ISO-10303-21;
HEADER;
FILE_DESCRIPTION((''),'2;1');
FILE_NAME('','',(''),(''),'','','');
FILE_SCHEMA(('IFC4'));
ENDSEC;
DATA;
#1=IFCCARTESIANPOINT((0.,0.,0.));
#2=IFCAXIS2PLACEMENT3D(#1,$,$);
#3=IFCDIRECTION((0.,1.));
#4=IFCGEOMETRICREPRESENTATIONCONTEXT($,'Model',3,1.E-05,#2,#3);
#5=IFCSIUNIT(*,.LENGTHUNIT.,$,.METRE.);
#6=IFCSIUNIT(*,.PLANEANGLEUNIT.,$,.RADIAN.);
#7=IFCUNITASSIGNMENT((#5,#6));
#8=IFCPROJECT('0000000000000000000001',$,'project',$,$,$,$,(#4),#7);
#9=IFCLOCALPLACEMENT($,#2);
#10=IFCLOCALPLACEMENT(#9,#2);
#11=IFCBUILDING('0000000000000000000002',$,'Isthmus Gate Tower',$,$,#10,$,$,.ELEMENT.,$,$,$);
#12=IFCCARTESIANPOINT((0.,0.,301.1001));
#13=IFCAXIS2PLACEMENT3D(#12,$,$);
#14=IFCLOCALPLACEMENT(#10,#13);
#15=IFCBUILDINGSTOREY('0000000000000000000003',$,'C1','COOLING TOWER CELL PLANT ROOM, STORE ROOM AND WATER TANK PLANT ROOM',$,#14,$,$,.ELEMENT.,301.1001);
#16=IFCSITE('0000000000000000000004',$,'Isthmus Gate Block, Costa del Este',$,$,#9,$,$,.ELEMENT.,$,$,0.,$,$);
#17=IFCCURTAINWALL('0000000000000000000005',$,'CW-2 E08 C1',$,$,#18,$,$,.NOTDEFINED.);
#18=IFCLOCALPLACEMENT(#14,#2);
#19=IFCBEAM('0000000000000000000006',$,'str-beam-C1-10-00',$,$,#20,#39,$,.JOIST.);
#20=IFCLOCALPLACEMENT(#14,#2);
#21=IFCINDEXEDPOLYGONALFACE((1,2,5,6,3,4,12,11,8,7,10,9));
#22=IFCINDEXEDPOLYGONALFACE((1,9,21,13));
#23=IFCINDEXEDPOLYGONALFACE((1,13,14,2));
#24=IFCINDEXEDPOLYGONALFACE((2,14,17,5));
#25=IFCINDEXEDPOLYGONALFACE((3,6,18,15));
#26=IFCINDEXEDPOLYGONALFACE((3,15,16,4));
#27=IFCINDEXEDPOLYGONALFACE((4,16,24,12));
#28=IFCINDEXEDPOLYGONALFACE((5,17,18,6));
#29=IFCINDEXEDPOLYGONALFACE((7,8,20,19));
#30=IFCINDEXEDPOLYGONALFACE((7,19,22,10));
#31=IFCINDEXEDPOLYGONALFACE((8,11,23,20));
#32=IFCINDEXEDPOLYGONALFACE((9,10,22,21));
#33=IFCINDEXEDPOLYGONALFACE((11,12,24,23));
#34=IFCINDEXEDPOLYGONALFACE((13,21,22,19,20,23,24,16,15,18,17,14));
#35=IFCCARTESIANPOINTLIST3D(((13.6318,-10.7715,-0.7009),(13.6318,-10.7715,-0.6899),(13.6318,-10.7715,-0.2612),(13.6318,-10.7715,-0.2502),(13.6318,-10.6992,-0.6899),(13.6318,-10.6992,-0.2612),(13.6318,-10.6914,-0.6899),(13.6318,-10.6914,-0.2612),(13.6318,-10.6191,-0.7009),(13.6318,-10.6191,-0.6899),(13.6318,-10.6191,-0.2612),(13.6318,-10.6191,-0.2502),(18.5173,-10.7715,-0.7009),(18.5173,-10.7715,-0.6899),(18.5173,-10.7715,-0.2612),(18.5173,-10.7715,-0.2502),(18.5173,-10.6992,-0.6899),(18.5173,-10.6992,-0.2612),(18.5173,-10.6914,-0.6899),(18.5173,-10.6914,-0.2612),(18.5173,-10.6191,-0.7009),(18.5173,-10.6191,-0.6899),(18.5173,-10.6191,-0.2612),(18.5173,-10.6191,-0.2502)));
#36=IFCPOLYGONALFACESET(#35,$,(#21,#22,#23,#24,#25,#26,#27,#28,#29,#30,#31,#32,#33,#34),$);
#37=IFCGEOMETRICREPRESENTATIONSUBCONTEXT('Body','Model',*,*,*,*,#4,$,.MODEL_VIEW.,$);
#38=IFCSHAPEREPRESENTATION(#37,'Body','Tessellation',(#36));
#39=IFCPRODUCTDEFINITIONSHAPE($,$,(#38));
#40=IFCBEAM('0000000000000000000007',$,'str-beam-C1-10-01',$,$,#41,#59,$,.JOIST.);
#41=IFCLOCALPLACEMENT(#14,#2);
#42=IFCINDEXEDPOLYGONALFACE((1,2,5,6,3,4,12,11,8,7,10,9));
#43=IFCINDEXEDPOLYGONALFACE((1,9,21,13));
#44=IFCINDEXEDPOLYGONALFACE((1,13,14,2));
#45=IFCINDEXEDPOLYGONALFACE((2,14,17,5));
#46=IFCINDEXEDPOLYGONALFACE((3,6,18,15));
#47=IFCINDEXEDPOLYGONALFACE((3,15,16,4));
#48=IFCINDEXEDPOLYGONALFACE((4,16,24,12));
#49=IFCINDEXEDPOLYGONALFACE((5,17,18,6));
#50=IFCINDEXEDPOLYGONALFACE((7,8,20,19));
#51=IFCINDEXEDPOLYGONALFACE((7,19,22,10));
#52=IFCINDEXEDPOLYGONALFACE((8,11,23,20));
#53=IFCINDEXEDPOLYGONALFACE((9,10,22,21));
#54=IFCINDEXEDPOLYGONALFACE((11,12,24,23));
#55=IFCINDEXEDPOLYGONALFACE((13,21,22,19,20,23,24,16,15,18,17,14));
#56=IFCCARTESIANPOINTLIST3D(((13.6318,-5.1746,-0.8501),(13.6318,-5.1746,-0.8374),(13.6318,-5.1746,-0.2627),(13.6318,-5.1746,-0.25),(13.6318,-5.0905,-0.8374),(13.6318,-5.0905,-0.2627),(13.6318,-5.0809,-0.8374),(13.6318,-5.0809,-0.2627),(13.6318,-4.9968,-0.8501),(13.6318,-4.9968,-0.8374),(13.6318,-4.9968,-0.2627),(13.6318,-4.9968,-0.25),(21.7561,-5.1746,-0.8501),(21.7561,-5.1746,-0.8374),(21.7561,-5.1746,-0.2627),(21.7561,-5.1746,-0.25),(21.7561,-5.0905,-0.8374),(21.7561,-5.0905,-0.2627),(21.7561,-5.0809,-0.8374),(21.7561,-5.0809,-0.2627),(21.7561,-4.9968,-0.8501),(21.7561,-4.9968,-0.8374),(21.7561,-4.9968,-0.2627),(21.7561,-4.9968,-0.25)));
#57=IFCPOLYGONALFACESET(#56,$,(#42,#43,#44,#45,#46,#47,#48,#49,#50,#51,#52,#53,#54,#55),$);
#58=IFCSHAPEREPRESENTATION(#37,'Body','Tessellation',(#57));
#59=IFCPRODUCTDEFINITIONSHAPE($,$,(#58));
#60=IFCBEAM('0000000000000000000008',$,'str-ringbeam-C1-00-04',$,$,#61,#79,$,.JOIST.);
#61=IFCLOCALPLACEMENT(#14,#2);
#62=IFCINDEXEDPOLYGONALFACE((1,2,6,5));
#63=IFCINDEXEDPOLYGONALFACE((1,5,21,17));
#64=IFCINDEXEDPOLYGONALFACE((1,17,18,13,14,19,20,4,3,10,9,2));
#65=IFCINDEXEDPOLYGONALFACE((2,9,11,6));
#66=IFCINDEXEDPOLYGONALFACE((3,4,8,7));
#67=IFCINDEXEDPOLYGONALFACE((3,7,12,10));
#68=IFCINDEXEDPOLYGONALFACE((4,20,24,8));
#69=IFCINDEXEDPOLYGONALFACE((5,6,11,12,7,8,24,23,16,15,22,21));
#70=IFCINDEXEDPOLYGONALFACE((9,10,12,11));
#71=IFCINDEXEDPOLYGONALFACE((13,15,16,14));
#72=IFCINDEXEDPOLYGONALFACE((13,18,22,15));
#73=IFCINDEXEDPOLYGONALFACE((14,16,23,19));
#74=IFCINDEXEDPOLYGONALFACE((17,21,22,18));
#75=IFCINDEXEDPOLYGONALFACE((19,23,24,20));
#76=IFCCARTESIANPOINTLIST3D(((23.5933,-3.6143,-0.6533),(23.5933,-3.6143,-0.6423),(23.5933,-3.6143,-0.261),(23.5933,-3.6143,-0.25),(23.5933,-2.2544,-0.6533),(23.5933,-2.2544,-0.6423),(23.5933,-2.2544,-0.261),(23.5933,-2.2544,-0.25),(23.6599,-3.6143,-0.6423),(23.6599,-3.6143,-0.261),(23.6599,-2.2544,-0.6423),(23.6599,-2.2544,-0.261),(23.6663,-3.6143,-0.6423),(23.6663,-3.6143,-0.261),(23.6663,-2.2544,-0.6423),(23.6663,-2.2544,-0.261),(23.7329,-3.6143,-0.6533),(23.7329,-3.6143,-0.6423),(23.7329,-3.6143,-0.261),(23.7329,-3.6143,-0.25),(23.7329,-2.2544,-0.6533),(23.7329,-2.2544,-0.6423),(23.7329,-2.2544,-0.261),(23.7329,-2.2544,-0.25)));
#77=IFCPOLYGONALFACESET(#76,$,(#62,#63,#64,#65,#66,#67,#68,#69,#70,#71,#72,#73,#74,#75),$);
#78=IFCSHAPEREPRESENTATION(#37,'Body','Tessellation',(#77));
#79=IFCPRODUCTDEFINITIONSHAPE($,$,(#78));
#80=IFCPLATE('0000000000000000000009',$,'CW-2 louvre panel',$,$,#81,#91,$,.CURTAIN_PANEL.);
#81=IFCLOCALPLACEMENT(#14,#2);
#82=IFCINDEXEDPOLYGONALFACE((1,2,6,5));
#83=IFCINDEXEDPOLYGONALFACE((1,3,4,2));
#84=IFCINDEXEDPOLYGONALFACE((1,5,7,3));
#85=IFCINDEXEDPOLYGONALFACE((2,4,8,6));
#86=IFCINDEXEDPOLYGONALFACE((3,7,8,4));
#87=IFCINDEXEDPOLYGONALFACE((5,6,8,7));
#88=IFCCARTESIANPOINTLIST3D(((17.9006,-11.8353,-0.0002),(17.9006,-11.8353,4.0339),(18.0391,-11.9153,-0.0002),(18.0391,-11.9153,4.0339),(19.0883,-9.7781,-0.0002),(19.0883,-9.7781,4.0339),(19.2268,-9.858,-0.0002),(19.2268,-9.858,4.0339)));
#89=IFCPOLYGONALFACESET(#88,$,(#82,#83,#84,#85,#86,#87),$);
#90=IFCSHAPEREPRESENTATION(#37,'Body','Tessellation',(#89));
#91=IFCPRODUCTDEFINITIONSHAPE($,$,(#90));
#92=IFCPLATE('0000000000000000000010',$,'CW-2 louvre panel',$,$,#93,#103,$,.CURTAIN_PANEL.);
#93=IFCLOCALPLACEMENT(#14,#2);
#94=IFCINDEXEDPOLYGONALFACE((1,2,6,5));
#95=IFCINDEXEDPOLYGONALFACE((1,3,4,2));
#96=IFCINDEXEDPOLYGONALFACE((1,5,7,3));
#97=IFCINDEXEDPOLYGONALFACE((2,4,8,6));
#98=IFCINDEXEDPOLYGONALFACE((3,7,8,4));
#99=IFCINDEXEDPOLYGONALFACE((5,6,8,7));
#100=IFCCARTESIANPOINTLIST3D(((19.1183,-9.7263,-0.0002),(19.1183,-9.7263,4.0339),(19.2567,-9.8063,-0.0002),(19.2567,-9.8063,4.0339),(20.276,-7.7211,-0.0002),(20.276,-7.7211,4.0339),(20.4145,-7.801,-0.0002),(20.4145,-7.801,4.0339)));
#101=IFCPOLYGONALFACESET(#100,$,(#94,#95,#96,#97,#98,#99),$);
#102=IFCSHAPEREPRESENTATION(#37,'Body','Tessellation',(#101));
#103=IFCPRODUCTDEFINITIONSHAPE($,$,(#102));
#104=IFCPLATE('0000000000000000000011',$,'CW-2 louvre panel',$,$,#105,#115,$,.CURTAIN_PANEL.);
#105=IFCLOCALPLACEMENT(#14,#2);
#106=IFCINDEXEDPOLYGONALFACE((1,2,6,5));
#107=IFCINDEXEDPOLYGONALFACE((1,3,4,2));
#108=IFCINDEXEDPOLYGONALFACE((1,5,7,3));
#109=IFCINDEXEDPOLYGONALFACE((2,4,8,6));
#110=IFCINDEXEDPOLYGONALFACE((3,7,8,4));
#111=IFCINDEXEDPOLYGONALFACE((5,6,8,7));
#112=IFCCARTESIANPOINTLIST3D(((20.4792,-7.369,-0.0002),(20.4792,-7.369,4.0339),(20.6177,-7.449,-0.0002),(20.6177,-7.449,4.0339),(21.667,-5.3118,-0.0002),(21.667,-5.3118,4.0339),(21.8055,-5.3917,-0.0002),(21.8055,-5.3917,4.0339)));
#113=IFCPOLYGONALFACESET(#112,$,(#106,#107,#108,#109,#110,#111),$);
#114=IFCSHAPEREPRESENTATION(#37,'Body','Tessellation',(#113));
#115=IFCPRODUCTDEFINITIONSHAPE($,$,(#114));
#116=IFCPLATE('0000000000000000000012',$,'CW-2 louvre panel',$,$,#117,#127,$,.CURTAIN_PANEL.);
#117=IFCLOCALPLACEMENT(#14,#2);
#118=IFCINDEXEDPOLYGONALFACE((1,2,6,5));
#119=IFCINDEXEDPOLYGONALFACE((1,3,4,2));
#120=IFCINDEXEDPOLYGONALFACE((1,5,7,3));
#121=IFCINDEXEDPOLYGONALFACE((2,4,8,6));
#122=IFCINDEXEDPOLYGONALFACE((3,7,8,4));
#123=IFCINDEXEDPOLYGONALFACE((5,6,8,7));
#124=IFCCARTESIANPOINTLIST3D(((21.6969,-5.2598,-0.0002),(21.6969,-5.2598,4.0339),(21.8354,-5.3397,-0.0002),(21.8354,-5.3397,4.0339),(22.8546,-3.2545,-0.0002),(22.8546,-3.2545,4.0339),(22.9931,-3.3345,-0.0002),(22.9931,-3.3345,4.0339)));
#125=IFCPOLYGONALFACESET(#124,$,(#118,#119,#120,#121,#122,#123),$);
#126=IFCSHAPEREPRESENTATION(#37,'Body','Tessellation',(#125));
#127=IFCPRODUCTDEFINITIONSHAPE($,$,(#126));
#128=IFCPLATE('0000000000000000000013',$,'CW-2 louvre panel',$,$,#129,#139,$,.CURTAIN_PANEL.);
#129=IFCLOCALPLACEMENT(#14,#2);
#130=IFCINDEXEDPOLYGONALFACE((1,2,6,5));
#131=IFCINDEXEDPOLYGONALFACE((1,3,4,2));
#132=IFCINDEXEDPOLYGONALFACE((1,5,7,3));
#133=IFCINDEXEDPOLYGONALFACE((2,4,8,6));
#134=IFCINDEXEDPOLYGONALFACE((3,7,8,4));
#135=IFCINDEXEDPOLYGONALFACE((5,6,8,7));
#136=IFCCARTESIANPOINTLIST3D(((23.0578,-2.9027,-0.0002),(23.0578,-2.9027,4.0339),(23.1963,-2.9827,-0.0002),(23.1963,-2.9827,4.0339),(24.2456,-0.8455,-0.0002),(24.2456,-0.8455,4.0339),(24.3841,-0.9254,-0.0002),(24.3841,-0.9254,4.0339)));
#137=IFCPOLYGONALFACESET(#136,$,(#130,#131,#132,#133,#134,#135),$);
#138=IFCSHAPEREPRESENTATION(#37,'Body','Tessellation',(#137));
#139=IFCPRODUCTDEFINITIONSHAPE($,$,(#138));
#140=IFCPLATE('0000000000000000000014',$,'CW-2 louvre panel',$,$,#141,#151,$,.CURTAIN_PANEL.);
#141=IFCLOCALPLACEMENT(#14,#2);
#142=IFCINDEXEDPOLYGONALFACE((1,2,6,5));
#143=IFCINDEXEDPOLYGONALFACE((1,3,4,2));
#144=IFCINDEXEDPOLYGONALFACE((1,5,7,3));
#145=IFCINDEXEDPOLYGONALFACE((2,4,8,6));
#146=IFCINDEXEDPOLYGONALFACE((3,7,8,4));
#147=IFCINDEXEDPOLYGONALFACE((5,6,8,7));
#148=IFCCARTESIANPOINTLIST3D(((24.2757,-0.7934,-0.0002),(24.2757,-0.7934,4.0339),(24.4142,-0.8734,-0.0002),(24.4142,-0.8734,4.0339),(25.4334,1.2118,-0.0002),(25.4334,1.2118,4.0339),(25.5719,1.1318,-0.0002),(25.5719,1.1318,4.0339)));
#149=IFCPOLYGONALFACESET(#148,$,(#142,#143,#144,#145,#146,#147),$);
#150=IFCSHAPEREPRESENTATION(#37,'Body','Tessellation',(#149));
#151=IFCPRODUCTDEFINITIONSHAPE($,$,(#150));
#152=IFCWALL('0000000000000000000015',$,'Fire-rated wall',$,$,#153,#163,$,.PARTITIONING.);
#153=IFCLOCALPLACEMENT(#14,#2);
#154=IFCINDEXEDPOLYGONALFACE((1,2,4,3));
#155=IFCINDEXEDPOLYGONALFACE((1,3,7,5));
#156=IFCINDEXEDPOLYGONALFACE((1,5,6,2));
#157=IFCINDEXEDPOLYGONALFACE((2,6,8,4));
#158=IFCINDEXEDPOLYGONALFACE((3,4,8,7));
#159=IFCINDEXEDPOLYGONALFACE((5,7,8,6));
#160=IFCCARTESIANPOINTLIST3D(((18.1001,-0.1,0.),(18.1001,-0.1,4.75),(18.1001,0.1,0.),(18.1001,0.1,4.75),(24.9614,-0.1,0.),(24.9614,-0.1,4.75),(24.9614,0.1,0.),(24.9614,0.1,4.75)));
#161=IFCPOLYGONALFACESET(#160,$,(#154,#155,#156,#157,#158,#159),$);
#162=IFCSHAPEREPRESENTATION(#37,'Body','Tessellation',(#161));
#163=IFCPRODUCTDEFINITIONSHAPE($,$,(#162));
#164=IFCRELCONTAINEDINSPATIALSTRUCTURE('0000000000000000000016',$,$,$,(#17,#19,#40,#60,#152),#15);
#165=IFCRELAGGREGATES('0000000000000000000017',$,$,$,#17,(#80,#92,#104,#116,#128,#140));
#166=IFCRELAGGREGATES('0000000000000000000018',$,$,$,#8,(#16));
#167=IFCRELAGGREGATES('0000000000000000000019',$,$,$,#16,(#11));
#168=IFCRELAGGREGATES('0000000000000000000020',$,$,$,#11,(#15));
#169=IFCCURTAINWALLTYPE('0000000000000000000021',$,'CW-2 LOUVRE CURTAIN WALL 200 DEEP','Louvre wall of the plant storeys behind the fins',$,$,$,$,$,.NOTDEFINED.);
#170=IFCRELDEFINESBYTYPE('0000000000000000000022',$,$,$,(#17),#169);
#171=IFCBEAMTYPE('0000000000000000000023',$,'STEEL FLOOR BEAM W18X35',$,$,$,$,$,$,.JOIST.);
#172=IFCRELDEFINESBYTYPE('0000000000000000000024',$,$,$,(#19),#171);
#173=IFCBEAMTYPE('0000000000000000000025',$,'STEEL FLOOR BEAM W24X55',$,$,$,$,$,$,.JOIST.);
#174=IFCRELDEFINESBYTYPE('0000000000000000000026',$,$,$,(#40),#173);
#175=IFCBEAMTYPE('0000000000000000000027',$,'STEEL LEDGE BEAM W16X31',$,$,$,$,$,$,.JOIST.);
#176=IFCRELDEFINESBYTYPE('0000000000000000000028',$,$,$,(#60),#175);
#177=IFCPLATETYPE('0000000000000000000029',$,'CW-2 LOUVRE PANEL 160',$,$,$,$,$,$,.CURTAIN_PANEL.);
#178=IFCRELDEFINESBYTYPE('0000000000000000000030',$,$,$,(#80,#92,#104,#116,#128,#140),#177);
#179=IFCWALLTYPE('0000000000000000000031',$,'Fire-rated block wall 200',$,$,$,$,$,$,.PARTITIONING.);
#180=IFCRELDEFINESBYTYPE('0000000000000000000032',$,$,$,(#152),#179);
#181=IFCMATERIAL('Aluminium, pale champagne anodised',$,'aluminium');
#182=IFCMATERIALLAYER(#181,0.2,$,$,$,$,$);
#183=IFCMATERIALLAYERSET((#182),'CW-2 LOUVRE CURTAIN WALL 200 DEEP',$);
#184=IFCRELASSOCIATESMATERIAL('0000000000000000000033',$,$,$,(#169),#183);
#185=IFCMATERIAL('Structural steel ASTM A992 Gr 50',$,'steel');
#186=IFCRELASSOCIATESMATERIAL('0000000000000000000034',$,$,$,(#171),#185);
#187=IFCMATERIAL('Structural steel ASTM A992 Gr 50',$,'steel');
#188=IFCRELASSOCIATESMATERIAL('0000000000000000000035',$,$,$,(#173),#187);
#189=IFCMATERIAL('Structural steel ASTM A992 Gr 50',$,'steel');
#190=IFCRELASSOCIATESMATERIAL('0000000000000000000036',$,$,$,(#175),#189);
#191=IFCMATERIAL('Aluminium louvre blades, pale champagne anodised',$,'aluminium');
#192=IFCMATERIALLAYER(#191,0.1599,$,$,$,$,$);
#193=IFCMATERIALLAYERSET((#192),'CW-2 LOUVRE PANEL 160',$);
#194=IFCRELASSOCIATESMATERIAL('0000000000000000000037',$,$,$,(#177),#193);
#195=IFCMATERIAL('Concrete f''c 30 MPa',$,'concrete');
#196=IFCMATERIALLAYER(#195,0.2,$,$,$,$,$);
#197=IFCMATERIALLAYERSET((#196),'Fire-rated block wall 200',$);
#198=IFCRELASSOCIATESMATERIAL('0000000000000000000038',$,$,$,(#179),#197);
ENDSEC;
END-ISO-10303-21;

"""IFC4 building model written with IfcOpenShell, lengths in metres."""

from ifc_helpers import new_model, si_unit, direction, frame, frame_2d, origin, origin_2d, place, context, subcontext, project, spatial, rectangle, i_section, extrude, material, layer, layer_set, material_profile, profile_set, type_object, element, aggregate, save


model = new_model("IFC4")

# Units and contexts
model_context = context("Model", 3, precision=1e-05, world=origin(), true_north=direction((0.0, 1.0)))
body_context = subcontext(model_context, "Body", "Model", "MODEL_VIEW")
ifc_project = project(units=[si_unit("LENGTHUNIT", "METRE"), si_unit("PLANEANGLEUNIT", "RADIAN")], contexts=[model_context])

# Site, building, storey
site_placement = place(None, origin())
site = spatial("IfcSite", under=ifc_project, at=site_placement, Name="Isthmus Gate Block, Costa del Este", CompositionType="ELEMENT", RefElevation=0.0)
building_placement = place(site_placement, origin())
building = spatial("IfcBuilding", under=site, at=building_placement, Name="Isthmus Gate Tower", CompositionType="ELEMENT")
storey_placement = place(building_placement, frame((0.0, 0.0, 301.1001)))
storey = spatial("IfcBuildingStorey", under=building, at=storey_placement, Name="C1", Description="COOLING TOWER CELL PLANT ROOM, STORE ROOM AND WATER TANK PLANT ROOM", CompositionType="ELEMENT", Elevation=301.1001)

# Curtain wall
ifc_material_1 = material(Name="Aluminium, pale champagne anodised", Category="aluminium")
ifc_layer_1 = layer(ifc_material_1, 0.2)
ifc_layer_set_1 = layer_set([ifc_layer_1], Name="CW-2 LOUVRE CURTAIN WALL 200 DEEP")
curtain_wall_type = type_object("IfcCurtainWallType", Name="CW-2 LOUVRE CURTAIN WALL 200 DEEP", Description="Louvre wall of the plant storeys behind the fins", PredefinedType="NOTDEFINED", material=ifc_layer_set_1)
curtain_wall_placement = place(storey_placement, origin())
curtain_wall = element("IfcCurtainWall", 1, at=curtain_wall_placement, inside=storey, type_object=curtain_wall_type, Name="CW-2 E08 C1", PredefinedType="NOTDEFINED")

# Beams
ifc_material_2 = material(Name="Structural steel ASTM A992 Gr 50", Category="steel")
ifc_material_profile_1 = material_profile(ifc_material_2, i_section(OverallWidth=0.1523, OverallDepth=0.4507, WebThickness=0.0078, FlangeThickness=0.011, at=origin_2d()), Name="W18X35")
ifc_profile_set_1 = profile_set([ifc_material_profile_1], Name="Structural steel ASTM A992 Gr 50")
beam_type_1 = type_object("IfcBeamType", Name="STEEL FLOOR BEAM W18X35", PredefinedType="JOIST", material=ifc_profile_set_1)
beam_1_placement = place(storey_placement, frame((13.6318, -10.6953, -0.4756), z_axis=(1.0, 0.0, 0.0), x_axis=(0.0, 1.0, 0.0)))
element("IfcBeam", 2, at=beam_1_placement, inside=storey, type_object=beam_type_1, Name="str-beam-C1-10-00", PredefinedType="JOIST", context=body_context, shape_type="SweptSolid", body=[
    extrude(i_section(OverallWidth=0.1523, OverallDepth=0.4507, WebThickness=0.0078, FlangeThickness=0.011, at=origin_2d()), origin(), (0.0, 0.0, 1.0), 4.8855),
])
ifc_material_3 = material(Name="Structural steel ASTM A992 Gr 50", Category="steel")
ifc_material_profile_2 = material_profile(ifc_material_3, i_section(OverallWidth=0.1777, OverallDepth=0.6001, WebThickness=0.0095, FlangeThickness=0.0127, at=origin_2d()), Name="W24X55")
ifc_profile_set_2 = profile_set([ifc_material_profile_2], Name="Structural steel ASTM A992 Gr 50")
beam_type_2 = type_object("IfcBeamType", Name="STEEL FLOOR BEAM W24X55", PredefinedType="JOIST", material=ifc_profile_set_2)
beam_2_placement = place(storey_placement, frame((13.6318, -5.0857, -0.55), z_axis=(1.0, 0.0, 0.0), x_axis=(0.0, 1.0, 0.0)))
element("IfcBeam", 3, at=beam_2_placement, inside=storey, type_object=beam_type_2, Name="str-beam-C1-10-01", PredefinedType="JOIST", context=body_context, shape_type="SweptSolid", body=[
    extrude(i_section(OverallWidth=0.1777, OverallDepth=0.6001, WebThickness=0.0095, FlangeThickness=0.0127, at=origin_2d()), origin(), (0.0, 0.0, 1.0), 8.1243),
])
ifc_material_4 = material(Name="Structural steel ASTM A992 Gr 50", Category="steel")
ifc_material_profile_3 = material_profile(ifc_material_4, i_section(OverallWidth=0.1396, OverallDepth=0.4033, WebThickness=0.0063, FlangeThickness=0.011, at=origin_2d()), Name="W16X31")
ifc_profile_set_3 = profile_set([ifc_material_profile_3], Name="Structural steel ASTM A992 Gr 50")
beam_type_3 = type_object("IfcBeamType", Name="STEEL LEDGE BEAM W16X31", PredefinedType="JOIST", material=ifc_profile_set_3)
beam_3_placement = place(storey_placement, frame((23.6631, -3.6143, -0.4517), z_axis=(0.0, 1.0, 0.0), x_axis=(-1.0, 0.0, 0.0)))
element("IfcBeam", 4, at=beam_3_placement, inside=storey, type_object=beam_type_3, Name="str-ringbeam-C1-00-04", PredefinedType="JOIST", context=body_context, shape_type="SweptSolid", body=[
    extrude(i_section(OverallWidth=0.1396, OverallDepth=0.4033, WebThickness=0.0063, FlangeThickness=0.011, at=origin_2d()), origin(), (0.0, 0.0, 1.0), 1.3599),
])

# Plates
ifc_material_5 = material(Name="Aluminium louvre blades, pale champagne anodised", Category="aluminium")
ifc_layer_2 = layer(ifc_material_5, 0.1599)
ifc_layer_set_2 = layer_set([ifc_layer_2], Name="CW-2 LOUVRE PANEL 160")
plate_type = type_object("IfcPlateType", Name="CW-2 LOUVRE PANEL 160", PredefinedType="CURTAIN_PANEL", material=ifc_layer_set_2)
plate_1_placement = place(storey_placement, frame((18.5637, -10.8467, -0.0002), z_axis=(0.0, 0.0, 1.0), x_axis=(0.5, 0.866025, 0.0)))
plate_1 = element("IfcPlate", 5, at=plate_1_placement, type_object=plate_type, Name="CW-2 louvre panel", PredefinedType="CURTAIN_PANEL", context=body_context, shape_type="SweptSolid", body=[
    extrude(rectangle(XDim=2.3755, YDim=0.1599, at=origin_2d()), origin(), (0.0, 0.0, 1.0), 4.0342),
])
plate_2_placement = place(storey_placement, frame((19.7664, -8.7637, -0.0002), z_axis=(0.0, 0.0, 1.0), x_axis=(0.5, 0.866025, 0.0)))
plate_2 = element("IfcPlate", 6, at=plate_2_placement, type_object=plate_type, Name="CW-2 louvre panel", PredefinedType="CURTAIN_PANEL", context=body_context, shape_type="SweptSolid", body=[
    extrude(rectangle(XDim=2.3154, YDim=0.1599, at=origin_2d()), origin(), (0.0, 0.0, 1.0), 4.0342),
])
plate_3_placement = place(storey_placement, frame((21.1423, -6.3804, -0.0002), z_axis=(0.0, 0.0, 1.0), x_axis=(0.5, 0.866025, 0.0)))
plate_3 = element("IfcPlate", 7, at=plate_3_placement, type_object=plate_type, Name="CW-2 louvre panel", PredefinedType="CURTAIN_PANEL", context=body_context, shape_type="SweptSolid", body=[
    extrude(rectangle(XDim=2.3755, YDim=0.1599, at=origin_2d()), origin(), (0.0, 0.0, 1.0), 4.0342),
])
plate_4_placement = place(storey_placement, frame((22.345, -4.2971, -0.0002), z_axis=(0.0, 0.0, 1.0), x_axis=(0.5, 0.866025, 0.0)))
plate_4 = element("IfcPlate", 8, at=plate_4_placement, type_object=plate_type, Name="CW-2 louvre panel", PredefinedType="CURTAIN_PANEL", context=body_context, shape_type="SweptSolid", body=[
    extrude(rectangle(XDim=2.3154, YDim=0.1599, at=origin_2d()), origin(), (0.0, 0.0, 1.0), 4.0342),
])
plate_5_placement = place(storey_placement, frame((23.7209, -1.9141, -0.0002), z_axis=(0.0, 0.0, 1.0), x_axis=(0.5, 0.866025, 0.0)))
plate_5 = element("IfcPlate", 9, at=plate_5_placement, type_object=plate_type, Name="CW-2 louvre panel", PredefinedType="CURTAIN_PANEL", context=body_context, shape_type="SweptSolid", body=[
    extrude(rectangle(XDim=2.3755, YDim=0.1599, at=origin_2d()), origin(), (0.0, 0.0, 1.0), 4.0342),
])
plate_6_placement = place(storey_placement, frame((24.9238, 0.1692, -0.0002), z_axis=(0.0, 0.0, 1.0), x_axis=(0.5, 0.866025, 0.0)))
plate_6 = element("IfcPlate", 10, at=plate_6_placement, type_object=plate_type, Name="CW-2 louvre panel", PredefinedType="CURTAIN_PANEL", context=body_context, shape_type="SweptSolid", body=[
    extrude(rectangle(XDim=2.3154, YDim=0.1599, at=origin_2d()), origin(), (0.0, 0.0, 1.0), 4.0342),
])
aggregate(curtain_wall, [plate_1, plate_2, plate_3, plate_4, plate_5, plate_6])

# Wall
ifc_material_6 = material(Name="Concrete f'c 30 MPa", Category="concrete")
ifc_layer_3 = layer(ifc_material_6, 0.2)
ifc_layer_set_3 = layer_set([ifc_layer_3], Name="Fire-rated block wall 200")
wall_type_1 = type_object("IfcWallType", Name="Fire-rated block wall 200", PredefinedType="PARTITIONING", material=ifc_layer_set_3)
wall_1_placement = place(storey_placement, frame((18.1001, 0.0, 0.0), z_axis=(0.0, 0.0, 1.0), x_axis=(1.0, 0.0, 0.0)))
element("IfcWall", 11, at=wall_1_placement, inside=storey, type_object=wall_type_1, Name="Fire-rated wall", PredefinedType="PARTITIONING", context=body_context, shape_type="SweptSolid", body=[
    extrude(rectangle(XDim=6.8613, YDim=0.2, at=frame_2d((3.4307, 0.0))), origin(), (0.0, 0.0, 1.0), 4.75),
])

save(model, "model.ifc")
